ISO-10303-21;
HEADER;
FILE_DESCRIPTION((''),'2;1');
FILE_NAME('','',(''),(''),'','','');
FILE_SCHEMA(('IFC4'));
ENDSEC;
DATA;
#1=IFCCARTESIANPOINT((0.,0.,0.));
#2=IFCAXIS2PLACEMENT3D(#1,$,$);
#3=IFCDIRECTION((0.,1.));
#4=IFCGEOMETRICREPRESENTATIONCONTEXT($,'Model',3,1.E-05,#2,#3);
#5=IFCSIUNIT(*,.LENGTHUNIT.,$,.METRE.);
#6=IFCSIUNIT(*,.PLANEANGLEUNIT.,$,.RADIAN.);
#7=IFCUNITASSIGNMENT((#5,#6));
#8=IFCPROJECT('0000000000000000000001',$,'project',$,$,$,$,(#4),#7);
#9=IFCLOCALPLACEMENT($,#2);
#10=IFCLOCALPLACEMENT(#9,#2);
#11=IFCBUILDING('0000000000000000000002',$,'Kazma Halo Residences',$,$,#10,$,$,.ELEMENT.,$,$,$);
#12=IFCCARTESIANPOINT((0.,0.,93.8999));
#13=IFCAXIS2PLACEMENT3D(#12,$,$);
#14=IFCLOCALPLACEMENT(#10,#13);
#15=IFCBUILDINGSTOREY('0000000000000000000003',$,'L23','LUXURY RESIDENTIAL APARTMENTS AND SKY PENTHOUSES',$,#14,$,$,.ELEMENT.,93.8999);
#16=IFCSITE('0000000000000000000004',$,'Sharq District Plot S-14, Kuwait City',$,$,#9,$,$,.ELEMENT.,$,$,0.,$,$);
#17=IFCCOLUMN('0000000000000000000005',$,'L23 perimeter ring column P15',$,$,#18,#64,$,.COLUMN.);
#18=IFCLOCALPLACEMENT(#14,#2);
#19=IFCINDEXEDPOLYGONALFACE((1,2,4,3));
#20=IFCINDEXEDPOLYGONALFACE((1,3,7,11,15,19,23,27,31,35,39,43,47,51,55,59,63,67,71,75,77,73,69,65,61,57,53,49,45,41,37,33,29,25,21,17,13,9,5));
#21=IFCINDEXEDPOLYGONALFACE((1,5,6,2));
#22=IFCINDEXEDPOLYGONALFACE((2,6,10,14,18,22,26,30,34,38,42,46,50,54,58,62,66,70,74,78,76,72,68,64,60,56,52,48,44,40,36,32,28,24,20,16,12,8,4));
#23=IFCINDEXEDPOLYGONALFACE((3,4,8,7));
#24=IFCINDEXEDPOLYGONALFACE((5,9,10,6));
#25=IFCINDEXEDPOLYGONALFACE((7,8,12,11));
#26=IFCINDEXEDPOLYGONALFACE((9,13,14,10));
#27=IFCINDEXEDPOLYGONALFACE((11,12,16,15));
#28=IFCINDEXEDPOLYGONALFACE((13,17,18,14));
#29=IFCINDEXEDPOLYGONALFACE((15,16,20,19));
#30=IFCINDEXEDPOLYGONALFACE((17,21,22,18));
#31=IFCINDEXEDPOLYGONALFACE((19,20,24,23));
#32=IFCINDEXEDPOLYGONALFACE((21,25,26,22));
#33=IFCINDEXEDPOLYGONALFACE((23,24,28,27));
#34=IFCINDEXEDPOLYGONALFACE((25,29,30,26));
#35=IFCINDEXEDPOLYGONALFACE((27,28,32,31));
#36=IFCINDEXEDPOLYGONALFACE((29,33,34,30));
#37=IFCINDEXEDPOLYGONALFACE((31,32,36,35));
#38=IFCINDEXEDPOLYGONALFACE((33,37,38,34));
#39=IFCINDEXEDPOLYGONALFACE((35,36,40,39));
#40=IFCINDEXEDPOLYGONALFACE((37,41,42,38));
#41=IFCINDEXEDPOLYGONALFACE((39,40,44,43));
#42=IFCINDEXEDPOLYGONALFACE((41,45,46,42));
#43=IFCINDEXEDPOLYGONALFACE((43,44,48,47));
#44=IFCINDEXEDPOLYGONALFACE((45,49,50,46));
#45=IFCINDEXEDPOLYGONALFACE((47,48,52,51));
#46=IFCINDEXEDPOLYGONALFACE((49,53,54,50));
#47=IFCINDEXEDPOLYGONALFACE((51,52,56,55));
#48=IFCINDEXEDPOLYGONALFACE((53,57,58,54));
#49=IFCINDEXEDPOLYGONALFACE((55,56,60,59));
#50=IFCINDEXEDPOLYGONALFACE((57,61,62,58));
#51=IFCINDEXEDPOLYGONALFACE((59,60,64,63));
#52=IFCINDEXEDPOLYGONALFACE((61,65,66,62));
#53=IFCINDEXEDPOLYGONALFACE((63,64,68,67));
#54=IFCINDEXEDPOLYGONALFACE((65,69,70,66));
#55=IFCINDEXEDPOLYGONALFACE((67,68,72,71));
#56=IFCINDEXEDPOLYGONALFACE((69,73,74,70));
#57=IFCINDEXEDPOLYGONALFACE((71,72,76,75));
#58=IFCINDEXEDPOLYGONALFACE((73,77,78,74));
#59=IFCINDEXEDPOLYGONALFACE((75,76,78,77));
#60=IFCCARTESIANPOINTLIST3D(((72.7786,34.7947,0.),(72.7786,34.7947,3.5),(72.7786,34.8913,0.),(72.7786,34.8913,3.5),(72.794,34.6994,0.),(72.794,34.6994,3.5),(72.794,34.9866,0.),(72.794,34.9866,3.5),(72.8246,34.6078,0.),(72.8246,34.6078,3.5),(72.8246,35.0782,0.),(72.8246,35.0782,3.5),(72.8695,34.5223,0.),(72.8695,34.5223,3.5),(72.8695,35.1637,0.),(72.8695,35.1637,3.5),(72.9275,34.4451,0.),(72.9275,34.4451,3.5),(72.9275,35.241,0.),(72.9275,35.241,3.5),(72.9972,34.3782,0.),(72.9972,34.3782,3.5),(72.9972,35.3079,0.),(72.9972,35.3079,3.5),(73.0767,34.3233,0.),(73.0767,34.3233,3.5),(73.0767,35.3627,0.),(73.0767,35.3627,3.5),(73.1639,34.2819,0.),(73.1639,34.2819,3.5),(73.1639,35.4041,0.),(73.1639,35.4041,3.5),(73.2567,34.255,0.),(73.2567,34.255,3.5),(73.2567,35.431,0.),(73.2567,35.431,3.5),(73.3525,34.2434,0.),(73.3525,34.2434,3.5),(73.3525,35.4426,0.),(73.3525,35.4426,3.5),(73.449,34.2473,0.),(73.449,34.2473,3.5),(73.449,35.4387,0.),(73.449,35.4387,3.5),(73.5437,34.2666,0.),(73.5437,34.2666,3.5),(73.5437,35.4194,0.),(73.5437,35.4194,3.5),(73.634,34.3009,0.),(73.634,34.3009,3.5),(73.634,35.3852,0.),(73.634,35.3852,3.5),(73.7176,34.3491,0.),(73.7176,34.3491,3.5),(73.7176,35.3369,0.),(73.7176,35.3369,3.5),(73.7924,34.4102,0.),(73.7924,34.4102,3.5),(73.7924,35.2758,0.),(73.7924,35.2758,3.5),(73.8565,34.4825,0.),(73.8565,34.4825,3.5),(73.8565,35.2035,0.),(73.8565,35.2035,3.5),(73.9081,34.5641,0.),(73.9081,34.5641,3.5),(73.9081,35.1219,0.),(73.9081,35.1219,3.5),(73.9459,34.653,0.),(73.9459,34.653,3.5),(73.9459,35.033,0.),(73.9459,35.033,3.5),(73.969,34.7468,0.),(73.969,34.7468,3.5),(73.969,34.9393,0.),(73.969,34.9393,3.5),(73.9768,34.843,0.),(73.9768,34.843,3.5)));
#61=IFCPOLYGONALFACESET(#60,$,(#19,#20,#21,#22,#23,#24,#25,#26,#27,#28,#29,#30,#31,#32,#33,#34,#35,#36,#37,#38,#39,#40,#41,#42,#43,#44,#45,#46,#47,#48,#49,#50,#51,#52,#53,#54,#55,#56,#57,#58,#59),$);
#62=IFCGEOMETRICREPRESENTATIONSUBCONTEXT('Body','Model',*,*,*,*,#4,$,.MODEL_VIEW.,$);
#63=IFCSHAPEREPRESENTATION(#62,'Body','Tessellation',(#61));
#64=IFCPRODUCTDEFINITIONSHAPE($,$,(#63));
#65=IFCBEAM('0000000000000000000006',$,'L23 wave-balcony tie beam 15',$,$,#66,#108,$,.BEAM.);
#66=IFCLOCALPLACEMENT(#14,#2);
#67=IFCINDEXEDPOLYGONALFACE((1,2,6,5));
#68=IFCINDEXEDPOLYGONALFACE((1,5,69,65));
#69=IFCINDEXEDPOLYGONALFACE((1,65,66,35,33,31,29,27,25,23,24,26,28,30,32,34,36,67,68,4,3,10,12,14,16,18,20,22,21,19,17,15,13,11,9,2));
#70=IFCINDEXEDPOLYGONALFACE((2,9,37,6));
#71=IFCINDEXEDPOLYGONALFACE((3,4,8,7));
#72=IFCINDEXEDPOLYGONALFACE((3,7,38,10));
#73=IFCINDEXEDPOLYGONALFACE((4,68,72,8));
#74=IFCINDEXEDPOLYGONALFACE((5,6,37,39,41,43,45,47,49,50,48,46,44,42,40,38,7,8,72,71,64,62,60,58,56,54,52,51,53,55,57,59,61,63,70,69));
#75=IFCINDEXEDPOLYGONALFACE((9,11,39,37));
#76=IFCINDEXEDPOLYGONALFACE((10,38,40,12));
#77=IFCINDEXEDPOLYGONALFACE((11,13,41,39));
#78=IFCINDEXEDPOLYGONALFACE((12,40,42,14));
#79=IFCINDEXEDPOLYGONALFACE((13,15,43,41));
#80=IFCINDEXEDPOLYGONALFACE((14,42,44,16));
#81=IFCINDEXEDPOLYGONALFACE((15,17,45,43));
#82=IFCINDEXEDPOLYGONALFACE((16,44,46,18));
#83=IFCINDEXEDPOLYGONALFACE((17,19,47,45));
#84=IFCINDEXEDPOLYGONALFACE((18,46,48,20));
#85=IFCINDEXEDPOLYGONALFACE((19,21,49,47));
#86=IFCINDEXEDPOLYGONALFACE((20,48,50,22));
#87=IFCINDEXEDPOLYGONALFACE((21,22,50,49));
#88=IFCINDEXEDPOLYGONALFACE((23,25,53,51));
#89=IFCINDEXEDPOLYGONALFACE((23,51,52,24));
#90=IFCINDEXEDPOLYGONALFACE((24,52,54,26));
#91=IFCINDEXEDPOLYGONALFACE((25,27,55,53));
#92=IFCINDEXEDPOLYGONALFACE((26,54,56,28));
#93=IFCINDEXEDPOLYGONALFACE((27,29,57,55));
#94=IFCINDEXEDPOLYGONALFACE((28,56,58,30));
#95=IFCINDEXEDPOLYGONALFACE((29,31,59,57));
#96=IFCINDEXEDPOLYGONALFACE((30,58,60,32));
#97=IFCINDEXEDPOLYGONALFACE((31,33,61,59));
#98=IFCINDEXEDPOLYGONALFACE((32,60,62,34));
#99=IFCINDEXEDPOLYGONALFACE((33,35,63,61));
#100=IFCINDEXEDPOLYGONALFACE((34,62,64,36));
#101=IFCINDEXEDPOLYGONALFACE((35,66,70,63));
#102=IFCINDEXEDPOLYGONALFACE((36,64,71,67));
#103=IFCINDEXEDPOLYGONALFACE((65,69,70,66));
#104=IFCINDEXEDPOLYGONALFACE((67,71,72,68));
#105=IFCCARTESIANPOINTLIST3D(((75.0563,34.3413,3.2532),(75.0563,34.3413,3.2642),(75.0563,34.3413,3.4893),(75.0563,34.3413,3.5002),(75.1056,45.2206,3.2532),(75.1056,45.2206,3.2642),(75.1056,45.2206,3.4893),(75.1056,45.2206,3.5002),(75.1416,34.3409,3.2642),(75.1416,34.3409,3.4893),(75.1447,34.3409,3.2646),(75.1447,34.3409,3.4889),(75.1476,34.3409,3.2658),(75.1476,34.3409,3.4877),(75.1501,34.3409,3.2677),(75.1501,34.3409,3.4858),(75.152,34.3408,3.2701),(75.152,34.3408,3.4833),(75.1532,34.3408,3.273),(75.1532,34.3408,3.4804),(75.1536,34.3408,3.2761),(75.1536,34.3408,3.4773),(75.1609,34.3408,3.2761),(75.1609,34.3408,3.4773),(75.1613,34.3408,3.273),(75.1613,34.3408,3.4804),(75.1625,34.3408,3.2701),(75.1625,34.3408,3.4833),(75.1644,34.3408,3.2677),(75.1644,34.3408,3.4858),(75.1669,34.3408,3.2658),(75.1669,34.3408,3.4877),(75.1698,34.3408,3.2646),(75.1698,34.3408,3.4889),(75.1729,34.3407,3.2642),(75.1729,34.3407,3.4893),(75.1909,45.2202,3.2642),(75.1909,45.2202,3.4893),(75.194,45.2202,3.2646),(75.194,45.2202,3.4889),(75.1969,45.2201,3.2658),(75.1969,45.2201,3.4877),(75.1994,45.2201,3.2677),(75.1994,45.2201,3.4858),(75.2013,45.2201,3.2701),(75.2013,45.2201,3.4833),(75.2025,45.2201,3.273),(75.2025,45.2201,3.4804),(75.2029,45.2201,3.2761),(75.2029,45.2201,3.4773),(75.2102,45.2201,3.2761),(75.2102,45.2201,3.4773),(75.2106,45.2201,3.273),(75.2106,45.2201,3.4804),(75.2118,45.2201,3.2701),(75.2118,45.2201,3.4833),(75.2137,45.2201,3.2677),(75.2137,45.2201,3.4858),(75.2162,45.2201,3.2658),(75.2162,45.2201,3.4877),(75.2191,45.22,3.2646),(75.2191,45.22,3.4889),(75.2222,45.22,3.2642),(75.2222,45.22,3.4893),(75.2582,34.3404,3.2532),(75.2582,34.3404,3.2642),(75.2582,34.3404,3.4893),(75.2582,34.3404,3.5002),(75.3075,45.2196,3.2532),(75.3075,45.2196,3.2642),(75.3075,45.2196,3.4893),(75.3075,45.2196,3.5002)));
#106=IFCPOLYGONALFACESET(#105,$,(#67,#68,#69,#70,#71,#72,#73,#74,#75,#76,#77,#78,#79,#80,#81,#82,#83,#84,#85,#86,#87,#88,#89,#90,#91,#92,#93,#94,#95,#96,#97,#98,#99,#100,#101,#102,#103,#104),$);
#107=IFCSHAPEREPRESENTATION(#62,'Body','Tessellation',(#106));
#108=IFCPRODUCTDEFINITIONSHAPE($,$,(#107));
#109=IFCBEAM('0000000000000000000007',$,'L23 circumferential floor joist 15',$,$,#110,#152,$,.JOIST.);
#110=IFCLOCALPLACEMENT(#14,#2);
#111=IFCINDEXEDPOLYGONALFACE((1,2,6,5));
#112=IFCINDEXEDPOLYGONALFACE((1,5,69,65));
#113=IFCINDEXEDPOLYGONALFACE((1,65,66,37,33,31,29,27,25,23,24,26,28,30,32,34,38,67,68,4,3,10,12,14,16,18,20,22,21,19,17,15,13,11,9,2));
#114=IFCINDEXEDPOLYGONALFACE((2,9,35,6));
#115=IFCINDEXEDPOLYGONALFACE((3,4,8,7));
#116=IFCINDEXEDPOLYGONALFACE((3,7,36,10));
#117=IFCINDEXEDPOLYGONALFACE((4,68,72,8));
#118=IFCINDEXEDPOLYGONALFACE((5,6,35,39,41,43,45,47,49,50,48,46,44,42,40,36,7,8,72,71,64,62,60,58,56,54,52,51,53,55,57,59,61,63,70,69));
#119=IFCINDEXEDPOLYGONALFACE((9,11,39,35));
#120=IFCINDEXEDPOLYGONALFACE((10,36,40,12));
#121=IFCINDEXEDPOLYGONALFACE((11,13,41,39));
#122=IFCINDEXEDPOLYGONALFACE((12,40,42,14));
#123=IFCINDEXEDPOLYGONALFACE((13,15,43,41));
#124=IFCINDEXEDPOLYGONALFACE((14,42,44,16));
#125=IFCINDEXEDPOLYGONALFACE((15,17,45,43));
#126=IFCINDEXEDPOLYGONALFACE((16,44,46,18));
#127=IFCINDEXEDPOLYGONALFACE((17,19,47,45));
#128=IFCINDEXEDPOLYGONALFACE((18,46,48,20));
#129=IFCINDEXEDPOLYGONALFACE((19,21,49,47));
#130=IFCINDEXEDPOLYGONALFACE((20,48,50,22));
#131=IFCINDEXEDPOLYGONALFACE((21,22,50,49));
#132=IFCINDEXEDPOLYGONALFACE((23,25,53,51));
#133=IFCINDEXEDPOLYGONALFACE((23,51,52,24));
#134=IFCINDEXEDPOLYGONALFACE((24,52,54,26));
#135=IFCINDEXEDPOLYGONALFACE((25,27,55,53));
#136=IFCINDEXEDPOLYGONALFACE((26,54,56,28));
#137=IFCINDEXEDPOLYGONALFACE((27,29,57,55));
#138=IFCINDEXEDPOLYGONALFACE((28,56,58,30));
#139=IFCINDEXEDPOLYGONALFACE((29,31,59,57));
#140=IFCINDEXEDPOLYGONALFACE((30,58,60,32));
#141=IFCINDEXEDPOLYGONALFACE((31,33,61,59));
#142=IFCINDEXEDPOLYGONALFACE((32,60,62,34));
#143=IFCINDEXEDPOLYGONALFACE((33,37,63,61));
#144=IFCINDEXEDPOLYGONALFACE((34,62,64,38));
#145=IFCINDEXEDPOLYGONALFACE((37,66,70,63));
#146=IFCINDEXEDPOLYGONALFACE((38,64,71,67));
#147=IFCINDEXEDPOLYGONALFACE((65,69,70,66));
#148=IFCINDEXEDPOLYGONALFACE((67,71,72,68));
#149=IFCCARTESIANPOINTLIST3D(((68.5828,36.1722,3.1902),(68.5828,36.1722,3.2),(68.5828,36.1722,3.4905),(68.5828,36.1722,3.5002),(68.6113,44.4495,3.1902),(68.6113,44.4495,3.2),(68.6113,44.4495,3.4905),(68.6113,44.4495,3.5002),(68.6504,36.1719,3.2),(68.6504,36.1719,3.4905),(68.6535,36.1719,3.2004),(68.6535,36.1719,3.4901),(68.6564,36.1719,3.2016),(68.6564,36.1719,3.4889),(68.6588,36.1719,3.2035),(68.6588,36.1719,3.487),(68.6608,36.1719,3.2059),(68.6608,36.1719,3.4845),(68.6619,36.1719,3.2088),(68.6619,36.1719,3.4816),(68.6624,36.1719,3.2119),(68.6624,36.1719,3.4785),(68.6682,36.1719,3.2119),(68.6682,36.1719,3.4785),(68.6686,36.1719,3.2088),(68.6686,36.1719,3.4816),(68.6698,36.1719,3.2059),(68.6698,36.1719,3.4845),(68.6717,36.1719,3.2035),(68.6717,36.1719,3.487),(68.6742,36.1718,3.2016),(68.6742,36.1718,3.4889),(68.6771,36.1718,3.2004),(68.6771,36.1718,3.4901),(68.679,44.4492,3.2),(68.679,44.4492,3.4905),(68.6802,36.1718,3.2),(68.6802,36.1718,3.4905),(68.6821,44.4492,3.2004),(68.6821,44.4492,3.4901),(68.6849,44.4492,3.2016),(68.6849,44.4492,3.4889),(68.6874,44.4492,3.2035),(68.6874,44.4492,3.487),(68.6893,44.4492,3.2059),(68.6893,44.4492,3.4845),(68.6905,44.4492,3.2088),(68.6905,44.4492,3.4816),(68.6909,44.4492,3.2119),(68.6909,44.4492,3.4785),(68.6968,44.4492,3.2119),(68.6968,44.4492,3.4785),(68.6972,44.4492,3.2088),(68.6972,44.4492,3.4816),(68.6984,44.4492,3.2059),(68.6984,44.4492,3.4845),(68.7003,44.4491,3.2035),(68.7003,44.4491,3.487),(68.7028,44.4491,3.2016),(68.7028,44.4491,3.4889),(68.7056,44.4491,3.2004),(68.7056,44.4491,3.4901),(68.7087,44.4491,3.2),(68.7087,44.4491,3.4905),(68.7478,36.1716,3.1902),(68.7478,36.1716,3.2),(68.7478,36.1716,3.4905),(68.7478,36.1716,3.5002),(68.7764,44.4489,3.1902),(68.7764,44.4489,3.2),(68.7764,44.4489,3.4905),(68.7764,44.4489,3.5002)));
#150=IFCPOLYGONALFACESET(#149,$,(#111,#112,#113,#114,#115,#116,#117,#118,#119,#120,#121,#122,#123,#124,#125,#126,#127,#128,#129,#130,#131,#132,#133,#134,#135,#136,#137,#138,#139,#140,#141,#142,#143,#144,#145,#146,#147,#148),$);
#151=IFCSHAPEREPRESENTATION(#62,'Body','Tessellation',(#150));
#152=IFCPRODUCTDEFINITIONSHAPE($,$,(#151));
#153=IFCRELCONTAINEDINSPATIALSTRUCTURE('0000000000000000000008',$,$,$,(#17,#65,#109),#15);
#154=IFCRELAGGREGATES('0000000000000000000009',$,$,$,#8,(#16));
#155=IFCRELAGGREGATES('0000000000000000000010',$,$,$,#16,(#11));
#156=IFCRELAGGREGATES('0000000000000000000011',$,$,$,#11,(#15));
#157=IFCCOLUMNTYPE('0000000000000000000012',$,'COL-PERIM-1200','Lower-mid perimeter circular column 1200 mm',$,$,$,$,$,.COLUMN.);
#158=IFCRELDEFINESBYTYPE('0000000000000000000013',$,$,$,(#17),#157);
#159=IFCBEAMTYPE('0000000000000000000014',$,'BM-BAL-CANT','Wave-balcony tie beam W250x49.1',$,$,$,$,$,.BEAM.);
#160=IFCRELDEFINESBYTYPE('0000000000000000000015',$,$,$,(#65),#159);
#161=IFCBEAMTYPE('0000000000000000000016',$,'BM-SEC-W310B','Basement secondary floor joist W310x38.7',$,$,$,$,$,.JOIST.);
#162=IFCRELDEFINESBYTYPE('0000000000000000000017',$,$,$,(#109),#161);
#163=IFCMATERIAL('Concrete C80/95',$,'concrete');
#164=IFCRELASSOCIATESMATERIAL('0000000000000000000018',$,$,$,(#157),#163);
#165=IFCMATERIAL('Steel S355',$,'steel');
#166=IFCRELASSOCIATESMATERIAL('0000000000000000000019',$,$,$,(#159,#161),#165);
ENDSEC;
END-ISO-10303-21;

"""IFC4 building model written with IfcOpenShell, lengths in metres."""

from ifc_helpers import new_model, si_unit, direction, frame, origin, origin_2d, place, context, subcontext, project, spatial, circle, i_section, extrude, material, material_profile, profile_set, type_object, element, save


model = new_model("IFC4")

# Units and contexts
model_context = context("Model", 3, precision=1e-05, world=origin(), true_north=direction((0.0, 1.0)))
body_context = subcontext(model_context, "Body", "Model", "MODEL_VIEW")
ifc_project = project(units=[si_unit("LENGTHUNIT", "METRE"), si_unit("PLANEANGLEUNIT", "RADIAN")], contexts=[model_context])

# Site, building, storey
site_placement = place(None, origin())
site = spatial("IfcSite", under=ifc_project, at=site_placement, Name="Sharq District Plot S-14, Kuwait City", CompositionType="ELEMENT", RefElevation=0.0)
building_placement = place(site_placement, origin())
building = spatial("IfcBuilding", under=site, at=building_placement, Name="Kazma Halo Residences", CompositionType="ELEMENT")
storey_placement = place(building_placement, frame((0.0, 0.0, 93.8999)))
storey = spatial("IfcBuildingStorey", under=building, at=storey_placement, Name="L23", Description="LUXURY RESIDENTIAL APARTMENTS AND SKY PENTHOUSES", CompositionType="ELEMENT", Elevation=93.8999)

# Column
ifc_material_1 = material(Name="Concrete C80/95", Category="concrete")
ifc_material_profile_1 = material_profile(ifc_material_1, circle(Radius=0.6001, at=origin_2d()), Name="CIRC1200")
ifc_profile_set_1 = profile_set([ifc_material_profile_1], Name="Concrete C80/95")
column_type = type_object("IfcColumnType", Name="COL-PERIM-1200", Description="Lower-mid perimeter circular column 1200 mm", PredefinedType="COLUMN", material=ifc_profile_set_1)
column_placement = place(storey_placement, frame((73.3767, 34.843, 0.0), z_axis=(0.0, 0.0, 1.0), x_axis=(1.0, 0.0, 0.0)))
element("IfcColumn", 1, at=column_placement, inside=storey, type_object=column_type, Name="L23 perimeter ring column P15", PredefinedType="COLUMN", context=body_context, shape_type="SweptSolid", body=[
    extrude(circle(Radius=0.6001, at=origin_2d()), origin(), (0.0, 0.0, 1.0), 3.5),
])

# Beams
ifc_material_2 = material(Name="Steel S355", Category="steel")
ifc_material_profile_2 = material_profile(ifc_material_2, i_section(OverallWidth=0.2019, OverallDepth=0.2471, WebThickness=0.0073, FlangeThickness=0.011, FilletRadius=0.012, at=origin_2d()), Name="W250x49.1")
ifc_profile_set_2 = profile_set([ifc_material_profile_2], Name="Steel S355")
beam_type_1 = type_object("IfcBeamType", Name="BM-BAL-CANT", Description="Wave-balcony tie beam W250x49.1", PredefinedType="BEAM", material=ifc_profile_set_2)
beam_1_placement = place(storey_placement, frame((75.1572, 34.3408, 3.3767), z_axis=(0.004533, 0.99999, 0.0), x_axis=(-0.99999, 0.004533, 0.0)))
element("IfcBeam", 2, at=beam_1_placement, inside=storey, type_object=beam_type_1, Name="L23 wave-balcony tie beam 15", PredefinedType="BEAM", context=body_context, shape_type="SweptSolid", body=[
    extrude(i_section(OverallWidth=0.2019, OverallDepth=0.2471, WebThickness=0.0073, FlangeThickness=0.011, FilletRadius=0.012, at=origin_2d()), origin(), (0.0, 0.0, 1.0), 10.8794),
])
ifc_material_profile_3 = material_profile(ifc_material_2, i_section(OverallWidth=0.165, OverallDepth=0.3101, WebThickness=0.0059, FlangeThickness=0.0098, FilletRadius=0.012, at=origin_2d()), Name="W310x38.7")
ifc_profile_set_3 = profile_set([ifc_material_profile_3], Name="Steel S355")
beam_type_2 = type_object("IfcBeamType", Name="BM-SEC-W310B", Description="Basement secondary floor joist W310x38.7", PredefinedType="JOIST", material=ifc_profile_set_3)
beam_2_placement = place(storey_placement, frame((68.6653, 36.1719, 3.3452), z_axis=(0.003451, 0.999994, 0.0), x_axis=(-0.999994, 0.003451, 0.0)))
element("IfcBeam", 3, at=beam_2_placement, inside=storey, type_object=beam_type_2, Name="L23 circumferential floor joist 15", PredefinedType="JOIST", context=body_context, shape_type="SweptSolid", body=[
    extrude(i_section(OverallWidth=0.165, OverallDepth=0.3101, WebThickness=0.0059, FlangeThickness=0.0098, FilletRadius=0.012, at=origin_2d()), origin(), (0.0, 0.0, 1.0), 8.2773),
])

save(model, "model.ifc")
